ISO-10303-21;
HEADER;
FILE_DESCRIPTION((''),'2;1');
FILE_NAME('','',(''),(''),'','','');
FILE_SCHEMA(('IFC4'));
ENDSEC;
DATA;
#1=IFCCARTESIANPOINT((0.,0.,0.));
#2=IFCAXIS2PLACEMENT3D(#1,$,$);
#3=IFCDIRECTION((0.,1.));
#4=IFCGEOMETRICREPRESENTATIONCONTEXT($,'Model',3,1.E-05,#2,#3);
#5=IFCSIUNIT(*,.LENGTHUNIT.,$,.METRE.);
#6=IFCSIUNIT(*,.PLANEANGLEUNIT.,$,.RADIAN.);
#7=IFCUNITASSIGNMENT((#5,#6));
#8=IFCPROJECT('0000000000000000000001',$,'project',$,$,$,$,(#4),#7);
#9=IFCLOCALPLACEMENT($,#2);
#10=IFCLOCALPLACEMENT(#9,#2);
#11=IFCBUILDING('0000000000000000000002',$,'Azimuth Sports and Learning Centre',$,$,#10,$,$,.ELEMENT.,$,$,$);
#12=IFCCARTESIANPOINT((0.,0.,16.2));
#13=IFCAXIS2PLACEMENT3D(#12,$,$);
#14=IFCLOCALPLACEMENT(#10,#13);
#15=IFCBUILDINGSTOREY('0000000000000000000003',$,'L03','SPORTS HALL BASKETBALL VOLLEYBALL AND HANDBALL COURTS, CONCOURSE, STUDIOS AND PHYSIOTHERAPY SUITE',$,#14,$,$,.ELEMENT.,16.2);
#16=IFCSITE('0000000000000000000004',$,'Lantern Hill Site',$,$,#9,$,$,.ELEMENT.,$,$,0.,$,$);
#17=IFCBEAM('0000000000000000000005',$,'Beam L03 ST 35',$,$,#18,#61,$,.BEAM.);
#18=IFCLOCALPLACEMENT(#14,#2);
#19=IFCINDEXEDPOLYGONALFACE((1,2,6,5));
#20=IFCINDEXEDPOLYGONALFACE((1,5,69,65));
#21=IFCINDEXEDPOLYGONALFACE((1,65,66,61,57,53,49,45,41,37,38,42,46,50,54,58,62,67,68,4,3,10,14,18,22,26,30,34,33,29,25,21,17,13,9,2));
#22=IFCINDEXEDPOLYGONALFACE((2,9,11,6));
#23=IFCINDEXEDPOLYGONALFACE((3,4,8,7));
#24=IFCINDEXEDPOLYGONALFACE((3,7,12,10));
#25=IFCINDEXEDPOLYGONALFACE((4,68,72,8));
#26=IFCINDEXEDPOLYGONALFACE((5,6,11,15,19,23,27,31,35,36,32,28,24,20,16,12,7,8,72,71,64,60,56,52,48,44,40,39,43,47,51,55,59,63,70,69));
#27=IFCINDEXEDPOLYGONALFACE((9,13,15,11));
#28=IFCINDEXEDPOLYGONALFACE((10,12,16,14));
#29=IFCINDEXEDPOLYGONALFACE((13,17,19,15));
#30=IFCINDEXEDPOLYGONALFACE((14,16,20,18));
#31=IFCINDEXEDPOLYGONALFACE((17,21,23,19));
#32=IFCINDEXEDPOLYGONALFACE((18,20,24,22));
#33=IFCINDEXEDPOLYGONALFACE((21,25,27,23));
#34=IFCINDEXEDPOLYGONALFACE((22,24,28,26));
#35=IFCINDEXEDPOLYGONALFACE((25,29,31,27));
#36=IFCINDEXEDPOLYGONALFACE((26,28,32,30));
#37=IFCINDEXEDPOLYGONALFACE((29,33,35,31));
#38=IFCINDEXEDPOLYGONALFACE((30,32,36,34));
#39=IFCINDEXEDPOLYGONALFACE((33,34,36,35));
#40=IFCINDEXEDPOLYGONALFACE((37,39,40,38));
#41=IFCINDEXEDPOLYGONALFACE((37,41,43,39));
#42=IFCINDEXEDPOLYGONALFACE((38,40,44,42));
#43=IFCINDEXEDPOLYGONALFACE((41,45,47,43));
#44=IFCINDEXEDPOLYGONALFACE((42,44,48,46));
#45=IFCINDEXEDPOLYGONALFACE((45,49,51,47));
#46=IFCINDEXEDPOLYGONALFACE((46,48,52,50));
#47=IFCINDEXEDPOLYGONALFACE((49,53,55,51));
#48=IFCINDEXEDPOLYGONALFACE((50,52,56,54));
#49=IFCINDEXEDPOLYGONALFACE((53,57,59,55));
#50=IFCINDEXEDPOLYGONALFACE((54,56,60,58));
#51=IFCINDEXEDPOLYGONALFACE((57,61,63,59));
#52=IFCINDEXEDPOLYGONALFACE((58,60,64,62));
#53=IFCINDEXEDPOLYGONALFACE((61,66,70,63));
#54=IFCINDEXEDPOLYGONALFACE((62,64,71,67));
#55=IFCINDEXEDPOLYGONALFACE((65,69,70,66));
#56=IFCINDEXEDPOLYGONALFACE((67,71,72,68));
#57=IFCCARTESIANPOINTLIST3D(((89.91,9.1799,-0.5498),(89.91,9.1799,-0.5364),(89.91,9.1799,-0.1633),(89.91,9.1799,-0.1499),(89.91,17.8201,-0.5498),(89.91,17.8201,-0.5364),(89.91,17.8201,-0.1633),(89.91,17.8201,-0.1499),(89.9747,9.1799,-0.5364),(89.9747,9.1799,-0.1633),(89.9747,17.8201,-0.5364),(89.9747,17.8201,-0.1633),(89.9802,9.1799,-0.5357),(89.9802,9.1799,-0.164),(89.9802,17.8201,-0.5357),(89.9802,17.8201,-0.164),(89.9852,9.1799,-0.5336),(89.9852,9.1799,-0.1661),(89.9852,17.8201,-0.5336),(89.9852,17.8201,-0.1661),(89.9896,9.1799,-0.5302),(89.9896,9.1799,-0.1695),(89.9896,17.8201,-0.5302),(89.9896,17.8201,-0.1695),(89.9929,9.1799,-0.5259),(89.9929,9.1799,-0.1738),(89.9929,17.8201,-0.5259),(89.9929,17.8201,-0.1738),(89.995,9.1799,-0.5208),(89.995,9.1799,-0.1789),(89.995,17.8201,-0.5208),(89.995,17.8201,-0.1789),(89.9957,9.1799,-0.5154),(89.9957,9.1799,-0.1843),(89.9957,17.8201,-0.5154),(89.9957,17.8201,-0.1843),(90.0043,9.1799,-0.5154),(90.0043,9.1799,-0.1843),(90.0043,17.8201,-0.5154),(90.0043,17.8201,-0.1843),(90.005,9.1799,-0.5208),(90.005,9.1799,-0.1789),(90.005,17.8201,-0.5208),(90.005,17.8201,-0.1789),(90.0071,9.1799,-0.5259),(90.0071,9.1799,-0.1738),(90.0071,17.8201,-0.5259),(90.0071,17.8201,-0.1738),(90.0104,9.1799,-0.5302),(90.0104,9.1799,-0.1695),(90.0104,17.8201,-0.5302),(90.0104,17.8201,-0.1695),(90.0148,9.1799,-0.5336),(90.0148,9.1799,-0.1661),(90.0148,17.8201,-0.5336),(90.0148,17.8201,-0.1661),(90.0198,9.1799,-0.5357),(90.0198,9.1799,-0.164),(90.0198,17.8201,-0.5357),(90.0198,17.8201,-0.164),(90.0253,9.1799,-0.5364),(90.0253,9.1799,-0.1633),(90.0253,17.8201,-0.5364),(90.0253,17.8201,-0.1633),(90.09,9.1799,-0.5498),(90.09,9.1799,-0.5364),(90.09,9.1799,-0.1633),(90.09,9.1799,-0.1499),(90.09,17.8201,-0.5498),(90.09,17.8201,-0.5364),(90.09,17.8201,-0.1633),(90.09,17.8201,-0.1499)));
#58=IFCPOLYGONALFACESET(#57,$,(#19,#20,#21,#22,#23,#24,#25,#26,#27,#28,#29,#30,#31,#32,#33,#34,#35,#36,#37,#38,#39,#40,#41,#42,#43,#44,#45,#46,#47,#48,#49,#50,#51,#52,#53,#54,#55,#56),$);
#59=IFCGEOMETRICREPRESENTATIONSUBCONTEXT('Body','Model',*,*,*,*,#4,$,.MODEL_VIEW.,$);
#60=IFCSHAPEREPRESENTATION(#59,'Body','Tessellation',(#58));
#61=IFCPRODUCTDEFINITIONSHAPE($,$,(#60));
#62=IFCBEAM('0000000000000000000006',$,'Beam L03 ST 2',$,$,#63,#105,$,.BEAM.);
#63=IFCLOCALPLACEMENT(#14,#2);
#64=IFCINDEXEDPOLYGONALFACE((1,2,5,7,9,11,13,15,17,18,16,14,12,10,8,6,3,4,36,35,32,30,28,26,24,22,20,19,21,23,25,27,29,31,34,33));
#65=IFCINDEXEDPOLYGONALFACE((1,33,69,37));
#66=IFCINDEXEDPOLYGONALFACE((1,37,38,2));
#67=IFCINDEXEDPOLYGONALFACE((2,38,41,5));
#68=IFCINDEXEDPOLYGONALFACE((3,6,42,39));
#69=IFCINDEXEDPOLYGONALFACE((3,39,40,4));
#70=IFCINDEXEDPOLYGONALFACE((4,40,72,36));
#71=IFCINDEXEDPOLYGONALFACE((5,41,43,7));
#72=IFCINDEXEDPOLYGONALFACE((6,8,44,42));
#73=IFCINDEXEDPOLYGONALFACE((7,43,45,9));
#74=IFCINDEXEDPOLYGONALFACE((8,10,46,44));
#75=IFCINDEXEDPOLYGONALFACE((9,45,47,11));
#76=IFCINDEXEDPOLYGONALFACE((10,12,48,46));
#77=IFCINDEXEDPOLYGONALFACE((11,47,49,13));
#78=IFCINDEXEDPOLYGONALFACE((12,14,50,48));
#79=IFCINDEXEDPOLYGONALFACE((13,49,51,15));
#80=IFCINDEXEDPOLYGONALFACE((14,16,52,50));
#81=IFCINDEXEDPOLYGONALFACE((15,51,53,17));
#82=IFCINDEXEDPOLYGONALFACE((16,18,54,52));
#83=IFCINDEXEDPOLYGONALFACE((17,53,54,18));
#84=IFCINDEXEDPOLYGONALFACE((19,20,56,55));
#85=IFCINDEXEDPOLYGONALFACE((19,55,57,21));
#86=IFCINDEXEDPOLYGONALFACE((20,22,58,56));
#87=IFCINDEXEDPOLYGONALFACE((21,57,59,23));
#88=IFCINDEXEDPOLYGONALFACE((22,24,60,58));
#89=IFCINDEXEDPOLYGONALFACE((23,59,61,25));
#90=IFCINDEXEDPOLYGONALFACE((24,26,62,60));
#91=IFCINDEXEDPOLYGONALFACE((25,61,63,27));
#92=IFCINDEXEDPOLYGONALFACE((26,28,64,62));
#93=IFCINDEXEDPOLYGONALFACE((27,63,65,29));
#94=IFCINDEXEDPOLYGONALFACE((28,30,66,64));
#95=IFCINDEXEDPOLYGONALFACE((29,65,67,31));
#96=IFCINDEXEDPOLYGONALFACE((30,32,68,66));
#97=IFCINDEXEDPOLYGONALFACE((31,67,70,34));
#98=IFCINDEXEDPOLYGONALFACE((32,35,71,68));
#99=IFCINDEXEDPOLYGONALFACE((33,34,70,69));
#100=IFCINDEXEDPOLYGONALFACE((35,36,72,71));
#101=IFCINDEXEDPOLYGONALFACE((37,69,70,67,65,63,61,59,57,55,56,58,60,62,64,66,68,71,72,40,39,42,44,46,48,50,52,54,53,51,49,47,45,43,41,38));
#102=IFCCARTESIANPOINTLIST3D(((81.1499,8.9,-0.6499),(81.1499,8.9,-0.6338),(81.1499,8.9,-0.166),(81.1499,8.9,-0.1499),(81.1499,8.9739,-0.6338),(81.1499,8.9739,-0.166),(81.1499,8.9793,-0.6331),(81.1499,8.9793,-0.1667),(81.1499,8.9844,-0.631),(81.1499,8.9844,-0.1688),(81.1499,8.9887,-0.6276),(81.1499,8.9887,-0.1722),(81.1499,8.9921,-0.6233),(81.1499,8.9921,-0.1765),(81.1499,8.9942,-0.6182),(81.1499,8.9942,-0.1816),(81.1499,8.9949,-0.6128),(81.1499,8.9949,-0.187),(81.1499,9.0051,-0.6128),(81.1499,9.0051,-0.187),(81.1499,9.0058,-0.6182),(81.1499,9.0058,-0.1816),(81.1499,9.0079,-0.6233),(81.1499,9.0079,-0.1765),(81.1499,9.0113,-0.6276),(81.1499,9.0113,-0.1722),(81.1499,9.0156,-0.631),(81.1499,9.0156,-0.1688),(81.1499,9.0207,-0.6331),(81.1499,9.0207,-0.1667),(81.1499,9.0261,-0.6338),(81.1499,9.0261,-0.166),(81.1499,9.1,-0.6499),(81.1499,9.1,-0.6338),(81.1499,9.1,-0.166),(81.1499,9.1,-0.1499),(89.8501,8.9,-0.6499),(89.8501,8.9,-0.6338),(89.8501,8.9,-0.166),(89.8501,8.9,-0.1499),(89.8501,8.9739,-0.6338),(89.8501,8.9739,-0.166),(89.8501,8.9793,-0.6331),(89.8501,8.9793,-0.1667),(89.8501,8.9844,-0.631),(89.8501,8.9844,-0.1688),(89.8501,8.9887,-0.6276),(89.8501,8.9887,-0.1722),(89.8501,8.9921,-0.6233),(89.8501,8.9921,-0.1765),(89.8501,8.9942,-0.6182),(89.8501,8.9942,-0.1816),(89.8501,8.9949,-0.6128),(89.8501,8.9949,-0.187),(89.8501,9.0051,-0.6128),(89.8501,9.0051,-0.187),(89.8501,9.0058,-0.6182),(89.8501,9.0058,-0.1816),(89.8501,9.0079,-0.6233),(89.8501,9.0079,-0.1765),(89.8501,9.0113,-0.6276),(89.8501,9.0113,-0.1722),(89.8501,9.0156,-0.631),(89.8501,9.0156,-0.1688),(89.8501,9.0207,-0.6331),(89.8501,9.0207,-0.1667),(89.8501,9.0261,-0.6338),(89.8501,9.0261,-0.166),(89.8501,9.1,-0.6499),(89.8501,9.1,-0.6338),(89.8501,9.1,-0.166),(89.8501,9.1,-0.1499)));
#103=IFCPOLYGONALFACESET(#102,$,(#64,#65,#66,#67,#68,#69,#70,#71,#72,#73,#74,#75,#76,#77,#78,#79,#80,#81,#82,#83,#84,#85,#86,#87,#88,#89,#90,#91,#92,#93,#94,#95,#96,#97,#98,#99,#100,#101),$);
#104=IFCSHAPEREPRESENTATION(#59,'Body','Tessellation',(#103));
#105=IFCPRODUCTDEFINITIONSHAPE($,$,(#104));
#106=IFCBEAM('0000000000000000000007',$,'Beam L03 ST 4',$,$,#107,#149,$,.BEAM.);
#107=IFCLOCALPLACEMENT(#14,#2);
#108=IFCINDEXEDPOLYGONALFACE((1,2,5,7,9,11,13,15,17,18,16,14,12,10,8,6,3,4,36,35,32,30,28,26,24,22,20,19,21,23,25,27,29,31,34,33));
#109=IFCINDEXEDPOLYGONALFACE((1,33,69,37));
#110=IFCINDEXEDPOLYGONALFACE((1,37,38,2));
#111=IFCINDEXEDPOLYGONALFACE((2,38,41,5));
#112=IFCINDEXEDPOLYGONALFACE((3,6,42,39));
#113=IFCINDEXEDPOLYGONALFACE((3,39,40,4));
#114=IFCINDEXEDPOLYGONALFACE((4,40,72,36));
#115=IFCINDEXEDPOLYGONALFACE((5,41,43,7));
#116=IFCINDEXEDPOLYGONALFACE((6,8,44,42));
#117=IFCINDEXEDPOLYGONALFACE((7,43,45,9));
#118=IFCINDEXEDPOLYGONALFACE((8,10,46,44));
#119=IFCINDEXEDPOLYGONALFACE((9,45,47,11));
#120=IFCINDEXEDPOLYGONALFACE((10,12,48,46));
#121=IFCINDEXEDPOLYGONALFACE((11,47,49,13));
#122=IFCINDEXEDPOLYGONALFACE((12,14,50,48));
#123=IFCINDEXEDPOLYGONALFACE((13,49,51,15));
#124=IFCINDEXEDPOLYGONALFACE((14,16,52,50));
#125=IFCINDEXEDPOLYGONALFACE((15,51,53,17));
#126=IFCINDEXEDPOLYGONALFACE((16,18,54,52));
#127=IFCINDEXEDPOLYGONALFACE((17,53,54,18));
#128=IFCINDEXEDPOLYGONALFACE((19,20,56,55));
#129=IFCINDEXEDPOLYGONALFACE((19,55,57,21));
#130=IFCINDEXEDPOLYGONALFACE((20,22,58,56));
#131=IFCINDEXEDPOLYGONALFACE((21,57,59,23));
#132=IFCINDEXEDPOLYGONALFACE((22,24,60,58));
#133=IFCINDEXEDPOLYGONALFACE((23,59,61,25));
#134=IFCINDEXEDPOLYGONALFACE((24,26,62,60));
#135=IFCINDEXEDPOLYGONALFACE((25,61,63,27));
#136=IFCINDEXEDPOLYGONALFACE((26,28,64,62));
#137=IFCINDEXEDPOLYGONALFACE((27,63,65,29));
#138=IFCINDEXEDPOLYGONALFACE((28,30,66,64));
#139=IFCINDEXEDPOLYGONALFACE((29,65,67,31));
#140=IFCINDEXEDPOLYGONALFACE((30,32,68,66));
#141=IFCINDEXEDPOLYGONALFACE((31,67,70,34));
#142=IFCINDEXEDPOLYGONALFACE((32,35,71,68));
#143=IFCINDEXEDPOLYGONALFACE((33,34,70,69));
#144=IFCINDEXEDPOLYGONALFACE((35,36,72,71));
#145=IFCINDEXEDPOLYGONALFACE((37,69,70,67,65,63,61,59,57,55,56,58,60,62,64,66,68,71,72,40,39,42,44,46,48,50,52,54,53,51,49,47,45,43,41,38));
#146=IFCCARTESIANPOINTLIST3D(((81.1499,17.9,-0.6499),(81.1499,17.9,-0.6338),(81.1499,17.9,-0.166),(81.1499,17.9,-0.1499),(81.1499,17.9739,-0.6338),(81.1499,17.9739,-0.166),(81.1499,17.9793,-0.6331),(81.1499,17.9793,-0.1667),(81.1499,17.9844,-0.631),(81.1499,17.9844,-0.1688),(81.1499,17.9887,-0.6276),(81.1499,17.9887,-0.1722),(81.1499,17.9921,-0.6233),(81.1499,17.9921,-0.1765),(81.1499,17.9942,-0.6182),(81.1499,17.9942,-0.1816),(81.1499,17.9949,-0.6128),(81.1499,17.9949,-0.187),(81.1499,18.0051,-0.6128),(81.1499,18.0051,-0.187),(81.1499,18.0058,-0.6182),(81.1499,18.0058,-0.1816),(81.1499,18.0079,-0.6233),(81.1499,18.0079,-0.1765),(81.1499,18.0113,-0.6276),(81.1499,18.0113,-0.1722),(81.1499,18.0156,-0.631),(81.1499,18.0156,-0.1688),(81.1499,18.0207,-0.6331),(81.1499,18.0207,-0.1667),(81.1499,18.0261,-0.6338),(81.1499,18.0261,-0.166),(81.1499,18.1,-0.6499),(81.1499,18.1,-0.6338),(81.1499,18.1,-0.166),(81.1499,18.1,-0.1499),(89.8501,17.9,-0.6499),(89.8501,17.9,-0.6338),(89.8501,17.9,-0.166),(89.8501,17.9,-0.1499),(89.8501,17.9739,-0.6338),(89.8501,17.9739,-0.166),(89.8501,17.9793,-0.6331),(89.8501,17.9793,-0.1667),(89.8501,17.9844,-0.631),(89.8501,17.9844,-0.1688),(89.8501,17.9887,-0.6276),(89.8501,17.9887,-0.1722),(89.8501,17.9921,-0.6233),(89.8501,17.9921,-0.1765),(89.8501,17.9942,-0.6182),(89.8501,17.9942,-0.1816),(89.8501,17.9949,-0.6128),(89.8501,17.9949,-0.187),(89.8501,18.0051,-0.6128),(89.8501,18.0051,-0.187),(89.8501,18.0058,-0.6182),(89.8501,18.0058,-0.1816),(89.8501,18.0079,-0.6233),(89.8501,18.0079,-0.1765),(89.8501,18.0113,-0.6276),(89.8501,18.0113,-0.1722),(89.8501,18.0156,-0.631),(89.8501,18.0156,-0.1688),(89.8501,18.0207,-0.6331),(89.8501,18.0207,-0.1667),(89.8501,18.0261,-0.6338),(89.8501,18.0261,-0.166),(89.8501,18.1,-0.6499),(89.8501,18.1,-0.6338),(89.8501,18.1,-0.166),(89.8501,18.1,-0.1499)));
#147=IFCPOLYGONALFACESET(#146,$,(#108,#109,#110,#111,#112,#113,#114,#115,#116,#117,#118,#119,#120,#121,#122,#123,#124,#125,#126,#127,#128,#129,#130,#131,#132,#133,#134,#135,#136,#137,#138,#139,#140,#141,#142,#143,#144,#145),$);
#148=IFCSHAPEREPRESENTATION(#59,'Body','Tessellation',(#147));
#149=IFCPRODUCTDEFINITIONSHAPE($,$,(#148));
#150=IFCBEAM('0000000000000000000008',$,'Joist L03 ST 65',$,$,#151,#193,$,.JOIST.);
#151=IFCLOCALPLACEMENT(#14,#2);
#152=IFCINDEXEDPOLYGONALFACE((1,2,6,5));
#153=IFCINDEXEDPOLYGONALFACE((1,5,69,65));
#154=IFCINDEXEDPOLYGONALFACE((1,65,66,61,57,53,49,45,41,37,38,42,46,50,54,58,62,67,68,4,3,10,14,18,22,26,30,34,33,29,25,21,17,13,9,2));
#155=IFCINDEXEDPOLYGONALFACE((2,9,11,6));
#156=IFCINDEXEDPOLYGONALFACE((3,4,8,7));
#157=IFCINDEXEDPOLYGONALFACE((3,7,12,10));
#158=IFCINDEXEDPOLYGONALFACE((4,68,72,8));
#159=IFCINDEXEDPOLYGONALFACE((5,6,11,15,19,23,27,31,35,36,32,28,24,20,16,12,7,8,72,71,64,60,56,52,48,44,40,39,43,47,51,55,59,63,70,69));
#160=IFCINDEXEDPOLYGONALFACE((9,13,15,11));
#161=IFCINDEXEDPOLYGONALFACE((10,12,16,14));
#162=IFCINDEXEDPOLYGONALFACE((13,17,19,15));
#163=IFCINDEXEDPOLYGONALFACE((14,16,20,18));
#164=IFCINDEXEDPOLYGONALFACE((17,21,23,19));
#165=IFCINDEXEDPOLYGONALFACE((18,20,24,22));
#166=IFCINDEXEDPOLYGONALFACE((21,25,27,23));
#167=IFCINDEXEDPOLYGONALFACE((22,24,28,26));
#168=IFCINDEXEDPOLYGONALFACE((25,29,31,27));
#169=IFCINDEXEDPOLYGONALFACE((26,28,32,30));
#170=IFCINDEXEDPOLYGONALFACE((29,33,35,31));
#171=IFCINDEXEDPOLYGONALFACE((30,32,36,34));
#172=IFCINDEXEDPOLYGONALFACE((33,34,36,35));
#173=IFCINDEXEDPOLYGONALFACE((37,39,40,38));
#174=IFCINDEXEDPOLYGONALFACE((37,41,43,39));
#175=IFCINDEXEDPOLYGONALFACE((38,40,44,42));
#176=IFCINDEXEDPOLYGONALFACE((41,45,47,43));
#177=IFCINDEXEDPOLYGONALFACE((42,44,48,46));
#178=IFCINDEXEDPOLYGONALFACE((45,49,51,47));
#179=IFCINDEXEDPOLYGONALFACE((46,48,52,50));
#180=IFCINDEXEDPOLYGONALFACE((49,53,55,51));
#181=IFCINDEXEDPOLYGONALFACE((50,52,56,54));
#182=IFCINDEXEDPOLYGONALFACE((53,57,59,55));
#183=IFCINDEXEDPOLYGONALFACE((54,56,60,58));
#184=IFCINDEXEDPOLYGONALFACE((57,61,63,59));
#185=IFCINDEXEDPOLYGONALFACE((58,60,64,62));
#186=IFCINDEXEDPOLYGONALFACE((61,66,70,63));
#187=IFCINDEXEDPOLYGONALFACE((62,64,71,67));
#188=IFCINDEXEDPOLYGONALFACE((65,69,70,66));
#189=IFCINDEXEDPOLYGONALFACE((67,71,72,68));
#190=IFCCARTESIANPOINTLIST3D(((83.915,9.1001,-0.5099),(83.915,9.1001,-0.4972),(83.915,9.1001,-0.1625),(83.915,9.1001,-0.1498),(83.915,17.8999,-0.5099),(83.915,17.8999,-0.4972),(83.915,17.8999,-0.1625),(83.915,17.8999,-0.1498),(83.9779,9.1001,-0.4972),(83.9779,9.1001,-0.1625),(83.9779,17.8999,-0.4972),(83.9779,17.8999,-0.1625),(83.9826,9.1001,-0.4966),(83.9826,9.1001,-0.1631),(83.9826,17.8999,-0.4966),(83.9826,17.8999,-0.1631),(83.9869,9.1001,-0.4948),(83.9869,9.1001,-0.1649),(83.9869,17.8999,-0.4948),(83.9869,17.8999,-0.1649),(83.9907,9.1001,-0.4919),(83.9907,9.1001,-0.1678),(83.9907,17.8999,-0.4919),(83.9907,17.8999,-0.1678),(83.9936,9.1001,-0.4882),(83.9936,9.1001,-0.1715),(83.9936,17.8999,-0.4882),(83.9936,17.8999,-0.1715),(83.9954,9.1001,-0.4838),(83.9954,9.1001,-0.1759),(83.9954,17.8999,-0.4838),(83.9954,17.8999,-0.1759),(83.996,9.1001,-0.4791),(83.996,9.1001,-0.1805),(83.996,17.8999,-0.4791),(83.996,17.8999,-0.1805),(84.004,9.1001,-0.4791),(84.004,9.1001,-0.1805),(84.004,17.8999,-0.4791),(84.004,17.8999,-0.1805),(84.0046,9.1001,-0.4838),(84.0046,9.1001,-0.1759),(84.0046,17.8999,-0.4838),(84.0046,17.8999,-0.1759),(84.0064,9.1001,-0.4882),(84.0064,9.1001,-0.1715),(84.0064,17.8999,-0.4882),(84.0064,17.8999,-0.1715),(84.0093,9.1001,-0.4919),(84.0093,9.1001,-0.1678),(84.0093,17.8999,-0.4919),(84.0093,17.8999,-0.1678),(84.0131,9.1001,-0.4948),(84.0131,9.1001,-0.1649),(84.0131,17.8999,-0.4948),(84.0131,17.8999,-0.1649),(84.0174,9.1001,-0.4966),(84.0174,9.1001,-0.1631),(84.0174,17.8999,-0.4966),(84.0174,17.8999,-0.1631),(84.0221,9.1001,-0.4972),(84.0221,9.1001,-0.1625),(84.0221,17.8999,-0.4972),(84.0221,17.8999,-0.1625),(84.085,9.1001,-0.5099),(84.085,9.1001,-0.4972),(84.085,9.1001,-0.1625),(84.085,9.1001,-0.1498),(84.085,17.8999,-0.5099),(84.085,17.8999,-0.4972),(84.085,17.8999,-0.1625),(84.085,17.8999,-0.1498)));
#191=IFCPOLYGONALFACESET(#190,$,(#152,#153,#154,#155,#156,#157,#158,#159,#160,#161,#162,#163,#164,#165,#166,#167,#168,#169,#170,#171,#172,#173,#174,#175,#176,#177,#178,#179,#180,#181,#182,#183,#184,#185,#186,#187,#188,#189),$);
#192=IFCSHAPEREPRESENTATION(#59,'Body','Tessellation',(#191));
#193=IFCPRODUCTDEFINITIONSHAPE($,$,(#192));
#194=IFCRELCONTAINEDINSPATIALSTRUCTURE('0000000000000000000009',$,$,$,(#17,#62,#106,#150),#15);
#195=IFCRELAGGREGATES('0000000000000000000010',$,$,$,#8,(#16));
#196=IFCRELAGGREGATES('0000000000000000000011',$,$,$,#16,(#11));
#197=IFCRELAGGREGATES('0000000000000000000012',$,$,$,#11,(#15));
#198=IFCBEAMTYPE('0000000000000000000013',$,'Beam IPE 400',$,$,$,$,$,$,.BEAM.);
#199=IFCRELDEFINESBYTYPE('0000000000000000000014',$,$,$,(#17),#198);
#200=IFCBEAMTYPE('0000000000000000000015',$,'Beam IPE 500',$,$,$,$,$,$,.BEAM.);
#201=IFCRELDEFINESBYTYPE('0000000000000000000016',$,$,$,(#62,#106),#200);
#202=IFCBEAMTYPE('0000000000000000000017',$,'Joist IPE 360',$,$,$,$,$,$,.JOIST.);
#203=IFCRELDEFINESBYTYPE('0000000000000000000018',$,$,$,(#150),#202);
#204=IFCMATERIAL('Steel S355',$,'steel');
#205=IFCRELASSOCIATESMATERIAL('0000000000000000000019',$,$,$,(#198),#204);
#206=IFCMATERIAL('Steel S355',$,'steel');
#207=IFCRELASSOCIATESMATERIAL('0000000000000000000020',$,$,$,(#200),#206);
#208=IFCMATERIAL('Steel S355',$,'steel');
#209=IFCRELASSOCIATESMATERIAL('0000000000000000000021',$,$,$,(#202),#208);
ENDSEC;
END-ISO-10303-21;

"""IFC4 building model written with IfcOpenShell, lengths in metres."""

from ifc_helpers import new_model, si_unit, direction, frame, origin, origin_2d, place, context, subcontext, project, spatial, i_section, extrude, material, material_profile, profile_set, type_object, element, save


model = new_model("IFC4")

# Units and contexts
model_context = context("Model", 3, precision=1e-05, world=origin(), true_north=direction((0.0, 1.0)))
body_context = subcontext(model_context, "Body", "Model", "MODEL_VIEW")
ifc_project = project(units=[si_unit("LENGTHUNIT", "METRE"), si_unit("PLANEANGLEUNIT", "RADIAN")], contexts=[model_context])

# Site, building, storey
site_placement = place(None, origin())
site = spatial("IfcSite", under=ifc_project, at=site_placement, Name="Lantern Hill Site", CompositionType="ELEMENT", RefElevation=0.0)
building_placement = place(site_placement, origin())
building = spatial("IfcBuilding", under=site, at=building_placement, Name="Azimuth Sports and Learning Centre", CompositionType="ELEMENT")
storey_placement = place(building_placement, frame((0.0, 0.0, 16.2)))
storey = spatial("IfcBuildingStorey", under=building, at=storey_placement, Name="L03", Description="SPORTS HALL BASKETBALL VOLLEYBALL AND HANDBALL COURTS, CONCOURSE, STUDIOS AND PHYSIOTHERAPY SUITE", CompositionType="ELEMENT", Elevation=16.2)

# Beams
ifc_material_1 = material(Name="Steel S355", Category="steel")
ifc_material_profile_1 = material_profile(ifc_material_1, i_section(OverallWidth=0.1799, OverallDepth=0.3999, WebThickness=0.0085, FlangeThickness=0.0134, FilletRadius=0.021, at=origin_2d()), Name="IPE 400")
ifc_profile_set_1 = profile_set([ifc_material_profile_1], Name="Steel S355")
beam_type_1 = type_object("IfcBeamType", Name="Beam IPE 400", PredefinedType="BEAM", material=ifc_profile_set_1)
for number, where, z_axis, x_axis, name in (
    (1, (90.0, 9.1799, -0.3499), (0.0, 1.0, 0.0), (-1.0, 0.0, 0.0), "Beam L03 ST 35"),
):
    element("IfcBeam", number, at=place(storey_placement, frame(where, z_axis=z_axis, x_axis=x_axis)), inside=storey, type_object=beam_type_1, Name=name, PredefinedType="BEAM", context=body_context, shape_type="SweptSolid", body=[
        extrude(i_section(OverallWidth=0.1799, OverallDepth=0.3999, WebThickness=0.0085, FlangeThickness=0.0134, FilletRadius=0.021, at=origin_2d()), origin(), (0.0, 0.0, 1.0), 8.6401),
    ])
ifc_material_2 = material(Name="Steel S355", Category="steel")
ifc_material_profile_2 = material_profile(ifc_material_2, i_section(OverallWidth=0.2, OverallDepth=0.5, WebThickness=0.0103, FlangeThickness=0.0161, FilletRadius=0.021, at=origin_2d()), Name="IPE 500")
ifc_profile_set_2 = profile_set([ifc_material_profile_2], Name="Steel S355")
beam_type_2 = type_object("IfcBeamType", Name="Beam IPE 500", PredefinedType="BEAM", material=ifc_profile_set_2)
for number, where, z_axis, x_axis, name in (
    (2, (81.1499, 9.0, -0.3999), (1.0, 0.0, 0.0), (0.0, 1.0, 0.0), "Beam L03 ST 2"),
    (3, (81.1499, 18.0, -0.3999), (1.0, 0.0, 0.0), (0.0, 1.0, 0.0), "Beam L03 ST 4"),
):
    element("IfcBeam", number, at=place(storey_placement, frame(where, z_axis=z_axis, x_axis=x_axis)), inside=storey, type_object=beam_type_2, Name=name, PredefinedType="BEAM", context=body_context, shape_type="SweptSolid", body=[
        extrude(i_section(OverallWidth=0.2, OverallDepth=0.5, WebThickness=0.0103, FlangeThickness=0.0161, FilletRadius=0.021, at=origin_2d()), origin(), (0.0, 0.0, 1.0), 8.7002),
    ])
ifc_material_3 = material(Name="Steel S355", Category="steel")
ifc_material_profile_3 = material_profile(ifc_material_3, i_section(OverallWidth=0.1699, OverallDepth=0.3601, WebThickness=0.0081, FlangeThickness=0.0127, FilletRadius=0.0181, at=origin_2d()), Name="IPE 360")
ifc_profile_set_3 = profile_set([ifc_material_profile_3], Name="Steel S355")
beam_type_3 = type_object("IfcBeamType", Name="Joist IPE 360", PredefinedType="JOIST", material=ifc_profile_set_3)
for number, where, z_axis, x_axis, name in (
    (4, (84.0, 9.1001, -0.3298), (0.0, 1.0, 0.0), (-1.0, 0.0, 0.0), "Joist L03 ST 65"),
):
    element("IfcBeam", number, at=place(storey_placement, frame(where, z_axis=z_axis, x_axis=x_axis)), inside=storey, type_object=beam_type_3, Name=name, PredefinedType="JOIST", context=body_context, shape_type="SweptSolid", body=[
        extrude(i_section(OverallWidth=0.1699, OverallDepth=0.3601, WebThickness=0.0081, FlangeThickness=0.0127, FilletRadius=0.0181, at=origin_2d()), origin(), (0.0, 0.0, 1.0), 8.7998),
    ])

save(model, "model.ifc")
